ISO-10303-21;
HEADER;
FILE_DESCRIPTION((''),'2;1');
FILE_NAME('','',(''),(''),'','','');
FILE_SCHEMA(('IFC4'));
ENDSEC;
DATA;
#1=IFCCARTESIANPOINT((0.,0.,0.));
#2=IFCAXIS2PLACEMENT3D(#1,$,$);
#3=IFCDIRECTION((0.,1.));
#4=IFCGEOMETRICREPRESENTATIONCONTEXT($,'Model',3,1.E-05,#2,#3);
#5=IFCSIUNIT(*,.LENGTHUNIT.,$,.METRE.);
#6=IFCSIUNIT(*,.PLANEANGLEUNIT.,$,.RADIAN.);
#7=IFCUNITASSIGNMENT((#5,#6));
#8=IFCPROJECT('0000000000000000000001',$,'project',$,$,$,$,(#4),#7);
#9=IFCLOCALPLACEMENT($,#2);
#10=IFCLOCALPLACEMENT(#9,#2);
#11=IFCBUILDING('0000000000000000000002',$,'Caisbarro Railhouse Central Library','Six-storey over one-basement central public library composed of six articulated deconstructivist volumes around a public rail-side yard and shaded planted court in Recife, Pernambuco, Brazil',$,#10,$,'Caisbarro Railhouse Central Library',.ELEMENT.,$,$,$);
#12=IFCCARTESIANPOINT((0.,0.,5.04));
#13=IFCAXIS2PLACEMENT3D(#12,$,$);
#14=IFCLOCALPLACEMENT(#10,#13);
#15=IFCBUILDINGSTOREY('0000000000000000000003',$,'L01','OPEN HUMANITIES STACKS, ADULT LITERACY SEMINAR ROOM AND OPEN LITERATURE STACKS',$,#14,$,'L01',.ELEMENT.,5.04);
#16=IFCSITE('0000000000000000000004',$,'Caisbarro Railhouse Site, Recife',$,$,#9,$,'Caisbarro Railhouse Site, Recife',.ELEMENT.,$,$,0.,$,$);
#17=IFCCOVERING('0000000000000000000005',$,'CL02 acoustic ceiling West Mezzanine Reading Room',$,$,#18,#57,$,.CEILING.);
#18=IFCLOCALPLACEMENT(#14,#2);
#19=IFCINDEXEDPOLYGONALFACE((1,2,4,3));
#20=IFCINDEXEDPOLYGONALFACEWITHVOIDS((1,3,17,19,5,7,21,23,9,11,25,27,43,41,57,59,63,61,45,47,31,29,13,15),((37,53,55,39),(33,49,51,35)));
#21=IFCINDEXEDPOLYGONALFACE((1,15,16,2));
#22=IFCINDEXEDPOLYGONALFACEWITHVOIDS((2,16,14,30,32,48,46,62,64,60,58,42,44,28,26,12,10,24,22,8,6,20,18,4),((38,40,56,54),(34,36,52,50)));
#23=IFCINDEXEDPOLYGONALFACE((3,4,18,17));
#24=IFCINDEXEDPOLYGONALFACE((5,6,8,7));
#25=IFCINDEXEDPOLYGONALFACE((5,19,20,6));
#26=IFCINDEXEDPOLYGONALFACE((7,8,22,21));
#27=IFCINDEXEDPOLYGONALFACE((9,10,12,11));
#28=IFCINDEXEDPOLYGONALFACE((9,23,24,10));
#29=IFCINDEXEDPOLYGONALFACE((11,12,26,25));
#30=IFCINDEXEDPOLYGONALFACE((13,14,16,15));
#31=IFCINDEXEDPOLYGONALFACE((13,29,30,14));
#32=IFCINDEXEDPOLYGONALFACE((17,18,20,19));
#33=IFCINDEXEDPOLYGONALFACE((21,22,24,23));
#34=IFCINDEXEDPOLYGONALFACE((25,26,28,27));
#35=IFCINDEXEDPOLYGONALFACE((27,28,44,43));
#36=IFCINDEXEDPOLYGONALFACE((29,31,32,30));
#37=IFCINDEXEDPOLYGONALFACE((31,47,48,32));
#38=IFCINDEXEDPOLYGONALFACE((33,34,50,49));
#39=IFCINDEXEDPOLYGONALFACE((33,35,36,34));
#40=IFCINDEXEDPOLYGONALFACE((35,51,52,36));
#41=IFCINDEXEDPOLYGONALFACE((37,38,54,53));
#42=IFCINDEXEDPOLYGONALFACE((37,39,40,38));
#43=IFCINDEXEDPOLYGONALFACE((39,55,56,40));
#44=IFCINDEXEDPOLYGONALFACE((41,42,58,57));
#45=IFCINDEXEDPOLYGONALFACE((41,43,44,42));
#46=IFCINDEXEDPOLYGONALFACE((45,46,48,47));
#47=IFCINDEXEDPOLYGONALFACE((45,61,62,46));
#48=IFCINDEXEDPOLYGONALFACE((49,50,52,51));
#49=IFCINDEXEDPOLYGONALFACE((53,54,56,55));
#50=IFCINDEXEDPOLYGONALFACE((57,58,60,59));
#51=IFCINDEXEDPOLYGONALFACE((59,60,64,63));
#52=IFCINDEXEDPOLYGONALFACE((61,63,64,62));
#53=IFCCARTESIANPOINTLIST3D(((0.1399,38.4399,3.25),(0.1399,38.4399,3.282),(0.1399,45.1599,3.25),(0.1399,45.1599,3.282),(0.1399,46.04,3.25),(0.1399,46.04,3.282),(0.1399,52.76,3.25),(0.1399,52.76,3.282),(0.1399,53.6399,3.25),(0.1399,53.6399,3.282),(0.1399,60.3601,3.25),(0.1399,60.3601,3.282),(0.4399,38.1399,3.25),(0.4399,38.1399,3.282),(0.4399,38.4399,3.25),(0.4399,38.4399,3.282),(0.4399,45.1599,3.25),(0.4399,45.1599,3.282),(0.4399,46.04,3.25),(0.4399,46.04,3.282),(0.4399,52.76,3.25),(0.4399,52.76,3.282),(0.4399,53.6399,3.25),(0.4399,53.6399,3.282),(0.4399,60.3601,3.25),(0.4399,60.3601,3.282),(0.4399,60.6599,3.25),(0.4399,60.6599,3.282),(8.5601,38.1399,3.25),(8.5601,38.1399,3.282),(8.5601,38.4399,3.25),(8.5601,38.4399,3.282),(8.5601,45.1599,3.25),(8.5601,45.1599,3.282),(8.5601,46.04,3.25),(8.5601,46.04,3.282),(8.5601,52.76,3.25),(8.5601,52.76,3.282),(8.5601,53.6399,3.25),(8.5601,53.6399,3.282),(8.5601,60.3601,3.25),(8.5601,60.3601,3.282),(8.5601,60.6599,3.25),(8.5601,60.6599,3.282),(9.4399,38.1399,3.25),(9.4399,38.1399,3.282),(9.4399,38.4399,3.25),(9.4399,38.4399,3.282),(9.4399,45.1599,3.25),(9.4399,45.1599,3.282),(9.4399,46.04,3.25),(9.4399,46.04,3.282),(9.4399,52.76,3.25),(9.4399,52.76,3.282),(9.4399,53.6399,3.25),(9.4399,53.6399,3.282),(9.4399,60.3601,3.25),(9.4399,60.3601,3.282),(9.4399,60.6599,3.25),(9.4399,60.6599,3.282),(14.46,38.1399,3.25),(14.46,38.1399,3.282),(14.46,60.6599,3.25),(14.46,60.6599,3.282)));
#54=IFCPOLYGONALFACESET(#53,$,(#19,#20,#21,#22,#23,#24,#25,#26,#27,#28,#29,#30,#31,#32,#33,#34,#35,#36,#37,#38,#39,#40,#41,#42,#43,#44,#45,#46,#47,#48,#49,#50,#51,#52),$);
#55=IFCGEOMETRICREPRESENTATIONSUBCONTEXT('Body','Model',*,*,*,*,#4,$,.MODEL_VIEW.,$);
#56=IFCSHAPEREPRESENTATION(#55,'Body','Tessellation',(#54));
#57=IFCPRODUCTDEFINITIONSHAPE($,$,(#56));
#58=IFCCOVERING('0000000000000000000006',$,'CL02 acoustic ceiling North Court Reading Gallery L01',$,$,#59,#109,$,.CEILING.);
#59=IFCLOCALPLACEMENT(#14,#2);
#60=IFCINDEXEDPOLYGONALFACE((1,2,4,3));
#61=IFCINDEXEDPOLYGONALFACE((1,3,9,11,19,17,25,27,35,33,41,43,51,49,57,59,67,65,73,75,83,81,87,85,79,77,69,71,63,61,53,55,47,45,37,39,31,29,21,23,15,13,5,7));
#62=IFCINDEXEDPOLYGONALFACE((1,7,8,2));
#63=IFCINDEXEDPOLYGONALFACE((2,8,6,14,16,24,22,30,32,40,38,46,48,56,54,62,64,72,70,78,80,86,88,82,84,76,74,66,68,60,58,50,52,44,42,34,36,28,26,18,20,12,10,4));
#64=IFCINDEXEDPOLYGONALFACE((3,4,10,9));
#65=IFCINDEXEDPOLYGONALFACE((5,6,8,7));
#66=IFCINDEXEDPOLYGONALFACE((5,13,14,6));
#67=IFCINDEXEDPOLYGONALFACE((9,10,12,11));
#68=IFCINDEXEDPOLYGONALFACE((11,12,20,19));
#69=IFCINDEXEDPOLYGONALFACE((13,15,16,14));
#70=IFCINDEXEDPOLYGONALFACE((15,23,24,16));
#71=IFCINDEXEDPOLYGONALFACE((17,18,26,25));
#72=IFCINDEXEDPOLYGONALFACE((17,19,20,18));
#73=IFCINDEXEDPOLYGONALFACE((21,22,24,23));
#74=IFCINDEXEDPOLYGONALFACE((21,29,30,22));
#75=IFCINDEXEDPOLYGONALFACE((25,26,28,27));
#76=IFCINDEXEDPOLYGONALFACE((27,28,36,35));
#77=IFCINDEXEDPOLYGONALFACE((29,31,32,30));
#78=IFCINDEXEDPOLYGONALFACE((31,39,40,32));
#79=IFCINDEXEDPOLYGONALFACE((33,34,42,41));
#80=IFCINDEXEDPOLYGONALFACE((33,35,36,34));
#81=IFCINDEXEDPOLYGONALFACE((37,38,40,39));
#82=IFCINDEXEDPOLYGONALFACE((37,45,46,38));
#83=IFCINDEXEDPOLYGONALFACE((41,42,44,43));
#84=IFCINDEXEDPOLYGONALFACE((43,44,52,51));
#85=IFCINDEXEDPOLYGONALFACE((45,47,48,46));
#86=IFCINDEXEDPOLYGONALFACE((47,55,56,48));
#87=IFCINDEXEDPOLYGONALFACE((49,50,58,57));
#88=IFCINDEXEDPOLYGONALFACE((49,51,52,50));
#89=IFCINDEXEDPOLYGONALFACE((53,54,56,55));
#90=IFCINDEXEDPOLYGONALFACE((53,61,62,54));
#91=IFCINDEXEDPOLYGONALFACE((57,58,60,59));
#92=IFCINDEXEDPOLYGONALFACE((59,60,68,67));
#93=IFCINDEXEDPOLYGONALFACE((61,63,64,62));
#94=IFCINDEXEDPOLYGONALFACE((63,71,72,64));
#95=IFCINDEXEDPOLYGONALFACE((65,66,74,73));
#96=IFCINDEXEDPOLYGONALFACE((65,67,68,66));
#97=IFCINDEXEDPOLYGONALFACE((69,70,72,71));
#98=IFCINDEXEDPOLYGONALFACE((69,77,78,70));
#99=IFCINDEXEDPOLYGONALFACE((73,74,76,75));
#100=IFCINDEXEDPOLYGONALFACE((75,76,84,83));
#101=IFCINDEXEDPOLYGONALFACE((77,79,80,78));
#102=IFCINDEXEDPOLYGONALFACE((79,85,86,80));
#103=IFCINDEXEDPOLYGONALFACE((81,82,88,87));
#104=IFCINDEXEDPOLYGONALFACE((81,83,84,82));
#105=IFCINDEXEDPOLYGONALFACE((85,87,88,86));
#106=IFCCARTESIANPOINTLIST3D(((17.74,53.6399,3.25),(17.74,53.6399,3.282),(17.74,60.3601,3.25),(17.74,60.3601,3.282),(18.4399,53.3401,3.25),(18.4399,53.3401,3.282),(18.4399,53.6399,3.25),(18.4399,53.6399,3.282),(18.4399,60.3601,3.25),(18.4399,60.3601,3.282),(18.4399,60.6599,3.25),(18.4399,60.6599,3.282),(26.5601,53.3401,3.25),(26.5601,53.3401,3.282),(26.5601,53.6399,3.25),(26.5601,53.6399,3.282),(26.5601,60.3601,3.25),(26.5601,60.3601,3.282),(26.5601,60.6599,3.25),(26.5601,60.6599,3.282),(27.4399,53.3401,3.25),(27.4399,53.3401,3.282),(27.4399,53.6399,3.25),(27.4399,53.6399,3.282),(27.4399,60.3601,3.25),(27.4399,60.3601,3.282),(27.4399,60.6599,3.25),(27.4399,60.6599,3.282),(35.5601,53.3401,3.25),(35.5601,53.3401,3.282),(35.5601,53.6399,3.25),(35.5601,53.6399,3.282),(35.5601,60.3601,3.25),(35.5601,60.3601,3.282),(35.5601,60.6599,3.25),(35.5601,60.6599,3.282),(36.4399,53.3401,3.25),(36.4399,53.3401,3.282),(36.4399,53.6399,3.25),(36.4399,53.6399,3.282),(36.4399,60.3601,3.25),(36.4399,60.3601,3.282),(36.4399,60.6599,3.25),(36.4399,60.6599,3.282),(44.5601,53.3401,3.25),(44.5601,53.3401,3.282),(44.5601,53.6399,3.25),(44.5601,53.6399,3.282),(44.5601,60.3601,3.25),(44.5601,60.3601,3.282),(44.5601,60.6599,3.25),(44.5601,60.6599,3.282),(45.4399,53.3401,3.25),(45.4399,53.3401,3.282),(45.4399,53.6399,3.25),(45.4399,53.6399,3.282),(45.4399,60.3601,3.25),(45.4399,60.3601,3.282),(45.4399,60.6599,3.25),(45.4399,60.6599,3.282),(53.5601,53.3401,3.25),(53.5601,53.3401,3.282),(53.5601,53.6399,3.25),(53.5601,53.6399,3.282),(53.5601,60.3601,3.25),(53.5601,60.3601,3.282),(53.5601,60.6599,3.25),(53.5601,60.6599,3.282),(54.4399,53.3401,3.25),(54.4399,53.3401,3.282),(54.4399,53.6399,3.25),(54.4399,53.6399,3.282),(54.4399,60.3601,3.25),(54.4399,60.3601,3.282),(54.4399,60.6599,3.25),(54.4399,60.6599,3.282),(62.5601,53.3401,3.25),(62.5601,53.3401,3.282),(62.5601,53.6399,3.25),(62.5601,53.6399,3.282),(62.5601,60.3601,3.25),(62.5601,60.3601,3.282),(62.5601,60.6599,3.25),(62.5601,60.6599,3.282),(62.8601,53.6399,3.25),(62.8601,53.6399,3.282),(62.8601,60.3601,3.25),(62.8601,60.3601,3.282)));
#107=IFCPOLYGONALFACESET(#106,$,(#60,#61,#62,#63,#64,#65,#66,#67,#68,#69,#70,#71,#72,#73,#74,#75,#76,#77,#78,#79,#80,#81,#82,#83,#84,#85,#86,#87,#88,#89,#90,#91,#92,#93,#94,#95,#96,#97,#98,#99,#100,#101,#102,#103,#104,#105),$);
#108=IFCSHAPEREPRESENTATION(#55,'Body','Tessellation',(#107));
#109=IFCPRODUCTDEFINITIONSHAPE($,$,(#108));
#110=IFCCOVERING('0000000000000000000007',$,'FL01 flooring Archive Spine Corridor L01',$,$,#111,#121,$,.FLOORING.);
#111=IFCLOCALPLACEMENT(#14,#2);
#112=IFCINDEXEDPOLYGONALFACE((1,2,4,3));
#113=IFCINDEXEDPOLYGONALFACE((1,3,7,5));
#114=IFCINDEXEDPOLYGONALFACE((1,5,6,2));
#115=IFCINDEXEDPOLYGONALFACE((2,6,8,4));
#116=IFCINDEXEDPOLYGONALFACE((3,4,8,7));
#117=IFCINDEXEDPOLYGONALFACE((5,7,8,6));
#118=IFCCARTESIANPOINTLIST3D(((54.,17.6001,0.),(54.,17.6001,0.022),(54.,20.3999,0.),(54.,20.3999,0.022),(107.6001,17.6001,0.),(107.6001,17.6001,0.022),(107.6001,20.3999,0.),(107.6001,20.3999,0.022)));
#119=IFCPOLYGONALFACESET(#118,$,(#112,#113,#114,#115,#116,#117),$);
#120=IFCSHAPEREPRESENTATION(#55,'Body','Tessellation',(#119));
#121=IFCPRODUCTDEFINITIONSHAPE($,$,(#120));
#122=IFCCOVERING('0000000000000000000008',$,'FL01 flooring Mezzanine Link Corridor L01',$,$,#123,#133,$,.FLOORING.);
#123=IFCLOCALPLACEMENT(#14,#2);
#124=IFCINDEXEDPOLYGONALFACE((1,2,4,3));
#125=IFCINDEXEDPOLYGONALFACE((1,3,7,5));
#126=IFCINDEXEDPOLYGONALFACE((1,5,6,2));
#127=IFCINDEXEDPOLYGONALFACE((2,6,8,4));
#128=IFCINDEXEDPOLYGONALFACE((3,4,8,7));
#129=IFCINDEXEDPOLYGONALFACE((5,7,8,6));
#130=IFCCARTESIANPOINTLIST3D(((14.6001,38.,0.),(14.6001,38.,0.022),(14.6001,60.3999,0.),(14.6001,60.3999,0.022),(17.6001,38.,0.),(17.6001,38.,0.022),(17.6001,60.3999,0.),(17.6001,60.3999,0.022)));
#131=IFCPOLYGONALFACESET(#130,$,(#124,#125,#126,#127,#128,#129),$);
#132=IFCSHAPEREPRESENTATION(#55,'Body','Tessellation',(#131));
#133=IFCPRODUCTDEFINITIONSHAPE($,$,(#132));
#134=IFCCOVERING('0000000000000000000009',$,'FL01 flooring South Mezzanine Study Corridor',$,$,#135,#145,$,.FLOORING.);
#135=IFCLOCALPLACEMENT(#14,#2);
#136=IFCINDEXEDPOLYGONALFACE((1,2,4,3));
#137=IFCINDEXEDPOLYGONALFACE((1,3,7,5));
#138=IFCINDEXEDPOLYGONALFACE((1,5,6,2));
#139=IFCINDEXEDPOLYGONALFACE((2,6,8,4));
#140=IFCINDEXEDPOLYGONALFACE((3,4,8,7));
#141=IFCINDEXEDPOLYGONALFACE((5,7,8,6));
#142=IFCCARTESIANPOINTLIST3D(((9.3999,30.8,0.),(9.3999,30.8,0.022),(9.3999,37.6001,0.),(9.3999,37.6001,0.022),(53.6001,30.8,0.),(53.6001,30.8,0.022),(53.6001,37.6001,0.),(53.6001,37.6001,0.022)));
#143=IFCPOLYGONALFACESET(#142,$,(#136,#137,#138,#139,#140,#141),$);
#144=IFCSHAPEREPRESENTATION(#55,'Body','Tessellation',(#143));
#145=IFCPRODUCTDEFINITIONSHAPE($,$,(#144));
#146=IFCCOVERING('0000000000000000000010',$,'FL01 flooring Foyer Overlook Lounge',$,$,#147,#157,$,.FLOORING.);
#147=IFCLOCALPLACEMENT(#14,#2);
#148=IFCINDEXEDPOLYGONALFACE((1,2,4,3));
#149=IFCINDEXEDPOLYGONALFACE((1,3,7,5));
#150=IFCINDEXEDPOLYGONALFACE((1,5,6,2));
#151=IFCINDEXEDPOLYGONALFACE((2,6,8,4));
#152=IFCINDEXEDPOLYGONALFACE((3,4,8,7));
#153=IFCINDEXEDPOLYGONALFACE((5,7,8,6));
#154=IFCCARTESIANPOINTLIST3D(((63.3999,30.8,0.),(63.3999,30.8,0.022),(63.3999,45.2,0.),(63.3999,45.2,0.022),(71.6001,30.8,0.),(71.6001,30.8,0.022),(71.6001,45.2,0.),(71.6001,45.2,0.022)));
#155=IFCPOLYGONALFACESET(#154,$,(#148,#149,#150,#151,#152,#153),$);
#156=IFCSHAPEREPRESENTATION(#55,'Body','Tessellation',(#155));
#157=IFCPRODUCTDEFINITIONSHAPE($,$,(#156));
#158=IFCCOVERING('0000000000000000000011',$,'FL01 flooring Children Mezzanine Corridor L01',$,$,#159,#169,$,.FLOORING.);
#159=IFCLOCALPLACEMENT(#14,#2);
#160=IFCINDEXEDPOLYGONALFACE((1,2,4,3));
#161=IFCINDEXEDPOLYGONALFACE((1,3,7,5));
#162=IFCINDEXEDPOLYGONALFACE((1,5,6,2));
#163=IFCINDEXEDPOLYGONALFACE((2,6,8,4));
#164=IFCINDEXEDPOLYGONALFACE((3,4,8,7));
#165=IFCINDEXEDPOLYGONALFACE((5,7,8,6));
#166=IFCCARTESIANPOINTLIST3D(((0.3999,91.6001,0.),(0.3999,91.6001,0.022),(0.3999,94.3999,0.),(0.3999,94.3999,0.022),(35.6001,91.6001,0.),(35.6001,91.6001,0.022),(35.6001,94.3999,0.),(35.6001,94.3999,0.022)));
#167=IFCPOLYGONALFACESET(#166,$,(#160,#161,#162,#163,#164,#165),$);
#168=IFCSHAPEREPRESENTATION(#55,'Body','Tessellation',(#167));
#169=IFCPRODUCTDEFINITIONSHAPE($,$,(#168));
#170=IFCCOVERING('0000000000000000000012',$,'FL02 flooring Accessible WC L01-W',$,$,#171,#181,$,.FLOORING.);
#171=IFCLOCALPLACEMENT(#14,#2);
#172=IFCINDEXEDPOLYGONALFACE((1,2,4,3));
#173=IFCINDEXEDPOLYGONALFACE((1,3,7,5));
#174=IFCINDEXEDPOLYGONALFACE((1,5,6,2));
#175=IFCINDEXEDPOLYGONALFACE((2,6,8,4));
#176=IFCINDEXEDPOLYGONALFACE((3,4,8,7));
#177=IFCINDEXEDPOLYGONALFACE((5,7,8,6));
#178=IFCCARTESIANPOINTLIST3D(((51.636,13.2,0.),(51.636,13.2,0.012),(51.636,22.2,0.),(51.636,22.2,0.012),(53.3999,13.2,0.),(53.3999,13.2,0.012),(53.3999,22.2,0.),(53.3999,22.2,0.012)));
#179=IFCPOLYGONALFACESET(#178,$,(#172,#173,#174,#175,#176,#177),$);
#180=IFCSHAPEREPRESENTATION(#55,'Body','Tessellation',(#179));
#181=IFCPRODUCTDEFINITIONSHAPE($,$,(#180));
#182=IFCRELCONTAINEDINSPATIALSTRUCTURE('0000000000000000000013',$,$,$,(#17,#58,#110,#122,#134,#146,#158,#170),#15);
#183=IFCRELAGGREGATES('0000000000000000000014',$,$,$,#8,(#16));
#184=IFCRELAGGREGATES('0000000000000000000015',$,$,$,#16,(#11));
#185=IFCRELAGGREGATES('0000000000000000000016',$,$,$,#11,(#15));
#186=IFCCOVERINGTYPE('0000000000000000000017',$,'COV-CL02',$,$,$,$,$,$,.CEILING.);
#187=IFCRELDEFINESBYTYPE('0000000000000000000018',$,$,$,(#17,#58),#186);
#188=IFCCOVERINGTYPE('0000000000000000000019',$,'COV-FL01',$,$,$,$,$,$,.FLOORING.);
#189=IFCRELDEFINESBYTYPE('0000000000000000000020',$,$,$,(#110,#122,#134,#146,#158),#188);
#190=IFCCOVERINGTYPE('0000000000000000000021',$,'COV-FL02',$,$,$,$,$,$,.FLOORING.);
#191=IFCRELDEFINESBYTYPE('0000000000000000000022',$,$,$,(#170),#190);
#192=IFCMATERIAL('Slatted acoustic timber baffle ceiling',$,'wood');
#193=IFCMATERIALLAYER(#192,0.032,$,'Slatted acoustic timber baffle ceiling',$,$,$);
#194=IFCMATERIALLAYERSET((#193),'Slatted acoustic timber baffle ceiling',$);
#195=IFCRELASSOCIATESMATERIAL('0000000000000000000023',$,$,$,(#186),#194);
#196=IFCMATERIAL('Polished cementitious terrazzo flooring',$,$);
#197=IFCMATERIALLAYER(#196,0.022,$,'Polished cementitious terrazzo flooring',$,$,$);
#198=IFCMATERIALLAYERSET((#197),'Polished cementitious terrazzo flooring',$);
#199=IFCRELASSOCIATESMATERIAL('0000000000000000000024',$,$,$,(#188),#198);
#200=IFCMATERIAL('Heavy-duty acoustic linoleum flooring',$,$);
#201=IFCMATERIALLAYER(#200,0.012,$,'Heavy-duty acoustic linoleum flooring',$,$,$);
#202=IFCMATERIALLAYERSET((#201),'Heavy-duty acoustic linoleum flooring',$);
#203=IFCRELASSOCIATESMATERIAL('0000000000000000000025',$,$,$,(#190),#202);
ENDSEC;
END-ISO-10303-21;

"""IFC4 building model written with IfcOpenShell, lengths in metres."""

from ifc_helpers import new_model, si_unit, direction, frame, origin, place, context, subcontext, project, spatial, polyline, outline, extrude, material, layer, layer_set, type_object, element, save


model = new_model("IFC4")

# Units and contexts
model_context = context("Model", 3, precision=1e-05, world=origin(), true_north=direction((0.0, 1.0)))
body_context = subcontext(model_context, "Body", "Model", "MODEL_VIEW")
ifc_project = project(units=[si_unit("LENGTHUNIT", "METRE"), si_unit("PLANEANGLEUNIT", "RADIAN")], contexts=[model_context])

# Site, building, storey
site_placement = place(None, origin())
site = spatial("IfcSite", under=ifc_project, at=site_placement, Name="Caisbarro Railhouse Site, Recife", LongName="Caisbarro Railhouse Site, Recife", CompositionType="ELEMENT", RefElevation=0.0)
building_placement = place(site_placement, origin())
building = spatial("IfcBuilding", under=site, at=building_placement, Name="Caisbarro Railhouse Central Library", Description="Six-storey over one-basement central public library composed of six articulated deconstructivist volumes around a public rail-side yard and shaded planted court in Recife, Pernambuco, Brazil", LongName="Caisbarro Railhouse Central Library", CompositionType="ELEMENT")
storey_placement = place(building_placement, frame((0.0, 0.0, 5.04)))
storey = spatial("IfcBuildingStorey", under=building, at=storey_placement, Name="L01", Description="OPEN HUMANITIES STACKS, ADULT LITERACY SEMINAR ROOM AND OPEN LITERATURE STACKS", LongName="L01", CompositionType="ELEMENT", Elevation=5.04)

# Coverings
ifc_material_1 = material(Name="Slatted acoustic timber baffle ceiling", Category="wood")
ifc_layer_1 = layer(ifc_material_1, 0.032, Name="Slatted acoustic timber baffle ceiling")
ifc_layer_set_1 = layer_set([ifc_layer_1], Name="Slatted acoustic timber baffle ceiling")
covering_type_1 = type_object("IfcCoveringType", Name="COV-CL02", PredefinedType="CEILING", material=ifc_layer_set_1)
covering_1_placement = place(storey_placement, frame((0.0, 0.0, 3.25)))
element("IfcCovering", 1, at=covering_1_placement, inside=storey, type_object=covering_type_1, Name="CL02 acoustic ceiling West Mezzanine Reading Room", PredefinedType="CEILING", context=body_context, shape_type="SweptSolid", body=[
    extrude(outline(polyline([(0.4399, 45.1599), (0.4399, 46.04), (0.1399, 46.04), (0.1399, 52.76), (0.4399, 52.76), (0.4399, 53.6399), (0.1399, 53.6399), (0.1399, 60.3601), (0.4399, 60.3601), (0.4399, 60.6599), (8.5601, 60.6599), (8.5601, 60.3601), (9.4399, 60.3601), (9.4399, 60.6599), (14.46, 60.6599), (14.46, 38.1399), (9.4399, 38.1399), (9.4399, 38.4399), (8.5601, 38.4399), (8.5601, 38.1399), (0.4399, 38.1399), (0.4399, 38.4399), (0.1399, 38.4399), (0.1399, 45.1599), (0.4399, 45.1599)]), holes=[polyline([(8.5601, 45.1599), (9.4399, 45.1599), (9.4399, 46.04), (8.5601, 46.04), (8.5601, 45.1599)]), polyline([(8.5601, 53.6399), (8.5601, 52.76), (9.4399, 52.76), (9.4399, 53.6399), (8.5601, 53.6399)])]), origin(), (0.0, 0.0, 1.0), 0.032),
])
covering_2_placement = place(storey_placement, frame((0.0, 0.0, 3.25)))
element("IfcCovering", 2, at=covering_2_placement, inside=storey, type_object=covering_type_1, Name="CL02 acoustic ceiling North Court Reading Gallery L01", PredefinedType="CEILING", context=body_context, shape_type="SweptSolid", body=[
    extrude(outline(polyline([(18.4399, 60.3601), (18.4399, 60.6599), (26.5601, 60.6599), (26.5601, 60.3601), (27.4399, 60.3601), (27.4399, 60.6599), (35.5601, 60.6599), (35.5601, 60.3601), (36.4399, 60.3601), (36.4399, 60.6599), (44.5601, 60.6599), (44.5601, 60.3601), (45.4399, 60.3601), (45.4399, 60.6599), (53.5601, 60.6599), (53.5601, 60.3601), (54.4399, 60.3601), (54.4399, 60.6599), (62.5601, 60.6599), (62.5601, 60.3601), (62.8601, 60.3601), (62.8601, 53.6399), (62.5601, 53.6399), (62.5601, 53.3401), (54.4399, 53.3401), (54.4399, 53.6399), (53.5601, 53.6399), (53.5601, 53.3401), (45.4399, 53.3401), (45.4399, 53.6399), (44.5601, 53.6399), (44.5601, 53.3401), (36.4399, 53.3401), (36.4399, 53.6399), (35.5601, 53.6399), (35.5601, 53.3401), (27.4399, 53.3401), (27.4399, 53.6399), (26.5601, 53.6399), (26.5601, 53.3401), (18.4399, 53.3401), (18.4399, 53.6399), (17.74, 53.6399), (17.74, 60.3601), (18.4399, 60.3601)])), origin(), (0.0, 0.0, 1.0), 0.032),
])
ifc_material_2 = material(Name="Polished cementitious terrazzo flooring")
ifc_layer_2 = layer(ifc_material_2, 0.022, Name="Polished cementitious terrazzo flooring")
ifc_layer_set_2 = layer_set([ifc_layer_2], Name="Polished cementitious terrazzo flooring")
covering_type_2 = type_object("IfcCoveringType", Name="COV-FL01", PredefinedType="FLOORING", material=ifc_layer_set_2)
covering_3_placement = place(storey_placement, origin())
element("IfcCovering", 3, at=covering_3_placement, inside=storey, type_object=covering_type_2, Name="FL01 flooring Archive Spine Corridor L01", PredefinedType="FLOORING", context=body_context, shape_type="SweptSolid", body=[
    extrude(outline(polyline([(54.0, 17.6001), (107.6001, 17.6001), (107.6001, 20.3999), (54.0, 20.3999), (54.0, 17.6001)])), origin(), (0.0, 0.0, 1.0), 0.022),
])
covering_4_placement = place(storey_placement, origin())
element("IfcCovering", 4, at=covering_4_placement, inside=storey, type_object=covering_type_2, Name="FL01 flooring Mezzanine Link Corridor L01", PredefinedType="FLOORING", context=body_context, shape_type="SweptSolid", body=[
    extrude(outline(polyline([(14.6001, 38.0), (17.6001, 38.0), (17.6001, 60.3999), (14.6001, 60.3999), (14.6001, 38.0)])), origin(), (0.0, 0.0, 1.0), 0.022),
])
covering_5_placement = place(storey_placement, origin())
element("IfcCovering", 5, at=covering_5_placement, inside=storey, type_object=covering_type_2, Name="FL01 flooring South Mezzanine Study Corridor", PredefinedType="FLOORING", context=body_context, shape_type="SweptSolid", body=[
    extrude(outline(polyline([(9.3999, 30.8), (53.6001, 30.8), (53.6001, 37.6001), (9.3999, 37.6001), (9.3999, 30.8)])), origin(), (0.0, 0.0, 1.0), 0.022),
])
covering_6_placement = place(storey_placement, origin())
element("IfcCovering", 6, at=covering_6_placement, inside=storey, type_object=covering_type_2, Name="FL01 flooring Foyer Overlook Lounge", PredefinedType="FLOORING", context=body_context, shape_type="SweptSolid", body=[
    extrude(outline(polyline([(63.3999, 30.8), (71.6001, 30.8), (71.6001, 45.2), (63.3999, 45.2), (63.3999, 30.8)])), origin(), (0.0, 0.0, 1.0), 0.022),
])
covering_7_placement = place(storey_placement, origin())
element("IfcCovering", 7, at=covering_7_placement, inside=storey, type_object=covering_type_2, Name="FL01 flooring Children Mezzanine Corridor L01", PredefinedType="FLOORING", context=body_context, shape_type="SweptSolid", body=[
    extrude(outline(polyline([(0.3999, 91.6001), (35.6001, 91.6001), (35.6001, 94.3999), (0.3999, 94.3999), (0.3999, 91.6001)])), origin(), (0.0, 0.0, 1.0), 0.022),
])
ifc_material_3 = material(Name="Heavy-duty acoustic linoleum flooring")
ifc_layer_3 = layer(ifc_material_3, 0.012, Name="Heavy-duty acoustic linoleum flooring")
ifc_layer_set_3 = layer_set([ifc_layer_3], Name="Heavy-duty acoustic linoleum flooring")
covering_type_3 = type_object("IfcCoveringType", Name="COV-FL02", PredefinedType="FLOORING", material=ifc_layer_set_3)
covering_8_placement = place(storey_placement, origin())
element("IfcCovering", 8, at=covering_8_placement, inside=storey, type_object=covering_type_3, Name="FL02 flooring Accessible WC L01-W", PredefinedType="FLOORING", context=body_context, shape_type="SweptSolid", body=[
    extrude(outline(polyline([(51.636, 13.2), (53.3999, 13.2), (53.3999, 22.2), (51.636, 22.2), (51.636, 13.2)])), origin(), (0.0, 0.0, 1.0), 0.012),
])

save(model, "model.ifc")
